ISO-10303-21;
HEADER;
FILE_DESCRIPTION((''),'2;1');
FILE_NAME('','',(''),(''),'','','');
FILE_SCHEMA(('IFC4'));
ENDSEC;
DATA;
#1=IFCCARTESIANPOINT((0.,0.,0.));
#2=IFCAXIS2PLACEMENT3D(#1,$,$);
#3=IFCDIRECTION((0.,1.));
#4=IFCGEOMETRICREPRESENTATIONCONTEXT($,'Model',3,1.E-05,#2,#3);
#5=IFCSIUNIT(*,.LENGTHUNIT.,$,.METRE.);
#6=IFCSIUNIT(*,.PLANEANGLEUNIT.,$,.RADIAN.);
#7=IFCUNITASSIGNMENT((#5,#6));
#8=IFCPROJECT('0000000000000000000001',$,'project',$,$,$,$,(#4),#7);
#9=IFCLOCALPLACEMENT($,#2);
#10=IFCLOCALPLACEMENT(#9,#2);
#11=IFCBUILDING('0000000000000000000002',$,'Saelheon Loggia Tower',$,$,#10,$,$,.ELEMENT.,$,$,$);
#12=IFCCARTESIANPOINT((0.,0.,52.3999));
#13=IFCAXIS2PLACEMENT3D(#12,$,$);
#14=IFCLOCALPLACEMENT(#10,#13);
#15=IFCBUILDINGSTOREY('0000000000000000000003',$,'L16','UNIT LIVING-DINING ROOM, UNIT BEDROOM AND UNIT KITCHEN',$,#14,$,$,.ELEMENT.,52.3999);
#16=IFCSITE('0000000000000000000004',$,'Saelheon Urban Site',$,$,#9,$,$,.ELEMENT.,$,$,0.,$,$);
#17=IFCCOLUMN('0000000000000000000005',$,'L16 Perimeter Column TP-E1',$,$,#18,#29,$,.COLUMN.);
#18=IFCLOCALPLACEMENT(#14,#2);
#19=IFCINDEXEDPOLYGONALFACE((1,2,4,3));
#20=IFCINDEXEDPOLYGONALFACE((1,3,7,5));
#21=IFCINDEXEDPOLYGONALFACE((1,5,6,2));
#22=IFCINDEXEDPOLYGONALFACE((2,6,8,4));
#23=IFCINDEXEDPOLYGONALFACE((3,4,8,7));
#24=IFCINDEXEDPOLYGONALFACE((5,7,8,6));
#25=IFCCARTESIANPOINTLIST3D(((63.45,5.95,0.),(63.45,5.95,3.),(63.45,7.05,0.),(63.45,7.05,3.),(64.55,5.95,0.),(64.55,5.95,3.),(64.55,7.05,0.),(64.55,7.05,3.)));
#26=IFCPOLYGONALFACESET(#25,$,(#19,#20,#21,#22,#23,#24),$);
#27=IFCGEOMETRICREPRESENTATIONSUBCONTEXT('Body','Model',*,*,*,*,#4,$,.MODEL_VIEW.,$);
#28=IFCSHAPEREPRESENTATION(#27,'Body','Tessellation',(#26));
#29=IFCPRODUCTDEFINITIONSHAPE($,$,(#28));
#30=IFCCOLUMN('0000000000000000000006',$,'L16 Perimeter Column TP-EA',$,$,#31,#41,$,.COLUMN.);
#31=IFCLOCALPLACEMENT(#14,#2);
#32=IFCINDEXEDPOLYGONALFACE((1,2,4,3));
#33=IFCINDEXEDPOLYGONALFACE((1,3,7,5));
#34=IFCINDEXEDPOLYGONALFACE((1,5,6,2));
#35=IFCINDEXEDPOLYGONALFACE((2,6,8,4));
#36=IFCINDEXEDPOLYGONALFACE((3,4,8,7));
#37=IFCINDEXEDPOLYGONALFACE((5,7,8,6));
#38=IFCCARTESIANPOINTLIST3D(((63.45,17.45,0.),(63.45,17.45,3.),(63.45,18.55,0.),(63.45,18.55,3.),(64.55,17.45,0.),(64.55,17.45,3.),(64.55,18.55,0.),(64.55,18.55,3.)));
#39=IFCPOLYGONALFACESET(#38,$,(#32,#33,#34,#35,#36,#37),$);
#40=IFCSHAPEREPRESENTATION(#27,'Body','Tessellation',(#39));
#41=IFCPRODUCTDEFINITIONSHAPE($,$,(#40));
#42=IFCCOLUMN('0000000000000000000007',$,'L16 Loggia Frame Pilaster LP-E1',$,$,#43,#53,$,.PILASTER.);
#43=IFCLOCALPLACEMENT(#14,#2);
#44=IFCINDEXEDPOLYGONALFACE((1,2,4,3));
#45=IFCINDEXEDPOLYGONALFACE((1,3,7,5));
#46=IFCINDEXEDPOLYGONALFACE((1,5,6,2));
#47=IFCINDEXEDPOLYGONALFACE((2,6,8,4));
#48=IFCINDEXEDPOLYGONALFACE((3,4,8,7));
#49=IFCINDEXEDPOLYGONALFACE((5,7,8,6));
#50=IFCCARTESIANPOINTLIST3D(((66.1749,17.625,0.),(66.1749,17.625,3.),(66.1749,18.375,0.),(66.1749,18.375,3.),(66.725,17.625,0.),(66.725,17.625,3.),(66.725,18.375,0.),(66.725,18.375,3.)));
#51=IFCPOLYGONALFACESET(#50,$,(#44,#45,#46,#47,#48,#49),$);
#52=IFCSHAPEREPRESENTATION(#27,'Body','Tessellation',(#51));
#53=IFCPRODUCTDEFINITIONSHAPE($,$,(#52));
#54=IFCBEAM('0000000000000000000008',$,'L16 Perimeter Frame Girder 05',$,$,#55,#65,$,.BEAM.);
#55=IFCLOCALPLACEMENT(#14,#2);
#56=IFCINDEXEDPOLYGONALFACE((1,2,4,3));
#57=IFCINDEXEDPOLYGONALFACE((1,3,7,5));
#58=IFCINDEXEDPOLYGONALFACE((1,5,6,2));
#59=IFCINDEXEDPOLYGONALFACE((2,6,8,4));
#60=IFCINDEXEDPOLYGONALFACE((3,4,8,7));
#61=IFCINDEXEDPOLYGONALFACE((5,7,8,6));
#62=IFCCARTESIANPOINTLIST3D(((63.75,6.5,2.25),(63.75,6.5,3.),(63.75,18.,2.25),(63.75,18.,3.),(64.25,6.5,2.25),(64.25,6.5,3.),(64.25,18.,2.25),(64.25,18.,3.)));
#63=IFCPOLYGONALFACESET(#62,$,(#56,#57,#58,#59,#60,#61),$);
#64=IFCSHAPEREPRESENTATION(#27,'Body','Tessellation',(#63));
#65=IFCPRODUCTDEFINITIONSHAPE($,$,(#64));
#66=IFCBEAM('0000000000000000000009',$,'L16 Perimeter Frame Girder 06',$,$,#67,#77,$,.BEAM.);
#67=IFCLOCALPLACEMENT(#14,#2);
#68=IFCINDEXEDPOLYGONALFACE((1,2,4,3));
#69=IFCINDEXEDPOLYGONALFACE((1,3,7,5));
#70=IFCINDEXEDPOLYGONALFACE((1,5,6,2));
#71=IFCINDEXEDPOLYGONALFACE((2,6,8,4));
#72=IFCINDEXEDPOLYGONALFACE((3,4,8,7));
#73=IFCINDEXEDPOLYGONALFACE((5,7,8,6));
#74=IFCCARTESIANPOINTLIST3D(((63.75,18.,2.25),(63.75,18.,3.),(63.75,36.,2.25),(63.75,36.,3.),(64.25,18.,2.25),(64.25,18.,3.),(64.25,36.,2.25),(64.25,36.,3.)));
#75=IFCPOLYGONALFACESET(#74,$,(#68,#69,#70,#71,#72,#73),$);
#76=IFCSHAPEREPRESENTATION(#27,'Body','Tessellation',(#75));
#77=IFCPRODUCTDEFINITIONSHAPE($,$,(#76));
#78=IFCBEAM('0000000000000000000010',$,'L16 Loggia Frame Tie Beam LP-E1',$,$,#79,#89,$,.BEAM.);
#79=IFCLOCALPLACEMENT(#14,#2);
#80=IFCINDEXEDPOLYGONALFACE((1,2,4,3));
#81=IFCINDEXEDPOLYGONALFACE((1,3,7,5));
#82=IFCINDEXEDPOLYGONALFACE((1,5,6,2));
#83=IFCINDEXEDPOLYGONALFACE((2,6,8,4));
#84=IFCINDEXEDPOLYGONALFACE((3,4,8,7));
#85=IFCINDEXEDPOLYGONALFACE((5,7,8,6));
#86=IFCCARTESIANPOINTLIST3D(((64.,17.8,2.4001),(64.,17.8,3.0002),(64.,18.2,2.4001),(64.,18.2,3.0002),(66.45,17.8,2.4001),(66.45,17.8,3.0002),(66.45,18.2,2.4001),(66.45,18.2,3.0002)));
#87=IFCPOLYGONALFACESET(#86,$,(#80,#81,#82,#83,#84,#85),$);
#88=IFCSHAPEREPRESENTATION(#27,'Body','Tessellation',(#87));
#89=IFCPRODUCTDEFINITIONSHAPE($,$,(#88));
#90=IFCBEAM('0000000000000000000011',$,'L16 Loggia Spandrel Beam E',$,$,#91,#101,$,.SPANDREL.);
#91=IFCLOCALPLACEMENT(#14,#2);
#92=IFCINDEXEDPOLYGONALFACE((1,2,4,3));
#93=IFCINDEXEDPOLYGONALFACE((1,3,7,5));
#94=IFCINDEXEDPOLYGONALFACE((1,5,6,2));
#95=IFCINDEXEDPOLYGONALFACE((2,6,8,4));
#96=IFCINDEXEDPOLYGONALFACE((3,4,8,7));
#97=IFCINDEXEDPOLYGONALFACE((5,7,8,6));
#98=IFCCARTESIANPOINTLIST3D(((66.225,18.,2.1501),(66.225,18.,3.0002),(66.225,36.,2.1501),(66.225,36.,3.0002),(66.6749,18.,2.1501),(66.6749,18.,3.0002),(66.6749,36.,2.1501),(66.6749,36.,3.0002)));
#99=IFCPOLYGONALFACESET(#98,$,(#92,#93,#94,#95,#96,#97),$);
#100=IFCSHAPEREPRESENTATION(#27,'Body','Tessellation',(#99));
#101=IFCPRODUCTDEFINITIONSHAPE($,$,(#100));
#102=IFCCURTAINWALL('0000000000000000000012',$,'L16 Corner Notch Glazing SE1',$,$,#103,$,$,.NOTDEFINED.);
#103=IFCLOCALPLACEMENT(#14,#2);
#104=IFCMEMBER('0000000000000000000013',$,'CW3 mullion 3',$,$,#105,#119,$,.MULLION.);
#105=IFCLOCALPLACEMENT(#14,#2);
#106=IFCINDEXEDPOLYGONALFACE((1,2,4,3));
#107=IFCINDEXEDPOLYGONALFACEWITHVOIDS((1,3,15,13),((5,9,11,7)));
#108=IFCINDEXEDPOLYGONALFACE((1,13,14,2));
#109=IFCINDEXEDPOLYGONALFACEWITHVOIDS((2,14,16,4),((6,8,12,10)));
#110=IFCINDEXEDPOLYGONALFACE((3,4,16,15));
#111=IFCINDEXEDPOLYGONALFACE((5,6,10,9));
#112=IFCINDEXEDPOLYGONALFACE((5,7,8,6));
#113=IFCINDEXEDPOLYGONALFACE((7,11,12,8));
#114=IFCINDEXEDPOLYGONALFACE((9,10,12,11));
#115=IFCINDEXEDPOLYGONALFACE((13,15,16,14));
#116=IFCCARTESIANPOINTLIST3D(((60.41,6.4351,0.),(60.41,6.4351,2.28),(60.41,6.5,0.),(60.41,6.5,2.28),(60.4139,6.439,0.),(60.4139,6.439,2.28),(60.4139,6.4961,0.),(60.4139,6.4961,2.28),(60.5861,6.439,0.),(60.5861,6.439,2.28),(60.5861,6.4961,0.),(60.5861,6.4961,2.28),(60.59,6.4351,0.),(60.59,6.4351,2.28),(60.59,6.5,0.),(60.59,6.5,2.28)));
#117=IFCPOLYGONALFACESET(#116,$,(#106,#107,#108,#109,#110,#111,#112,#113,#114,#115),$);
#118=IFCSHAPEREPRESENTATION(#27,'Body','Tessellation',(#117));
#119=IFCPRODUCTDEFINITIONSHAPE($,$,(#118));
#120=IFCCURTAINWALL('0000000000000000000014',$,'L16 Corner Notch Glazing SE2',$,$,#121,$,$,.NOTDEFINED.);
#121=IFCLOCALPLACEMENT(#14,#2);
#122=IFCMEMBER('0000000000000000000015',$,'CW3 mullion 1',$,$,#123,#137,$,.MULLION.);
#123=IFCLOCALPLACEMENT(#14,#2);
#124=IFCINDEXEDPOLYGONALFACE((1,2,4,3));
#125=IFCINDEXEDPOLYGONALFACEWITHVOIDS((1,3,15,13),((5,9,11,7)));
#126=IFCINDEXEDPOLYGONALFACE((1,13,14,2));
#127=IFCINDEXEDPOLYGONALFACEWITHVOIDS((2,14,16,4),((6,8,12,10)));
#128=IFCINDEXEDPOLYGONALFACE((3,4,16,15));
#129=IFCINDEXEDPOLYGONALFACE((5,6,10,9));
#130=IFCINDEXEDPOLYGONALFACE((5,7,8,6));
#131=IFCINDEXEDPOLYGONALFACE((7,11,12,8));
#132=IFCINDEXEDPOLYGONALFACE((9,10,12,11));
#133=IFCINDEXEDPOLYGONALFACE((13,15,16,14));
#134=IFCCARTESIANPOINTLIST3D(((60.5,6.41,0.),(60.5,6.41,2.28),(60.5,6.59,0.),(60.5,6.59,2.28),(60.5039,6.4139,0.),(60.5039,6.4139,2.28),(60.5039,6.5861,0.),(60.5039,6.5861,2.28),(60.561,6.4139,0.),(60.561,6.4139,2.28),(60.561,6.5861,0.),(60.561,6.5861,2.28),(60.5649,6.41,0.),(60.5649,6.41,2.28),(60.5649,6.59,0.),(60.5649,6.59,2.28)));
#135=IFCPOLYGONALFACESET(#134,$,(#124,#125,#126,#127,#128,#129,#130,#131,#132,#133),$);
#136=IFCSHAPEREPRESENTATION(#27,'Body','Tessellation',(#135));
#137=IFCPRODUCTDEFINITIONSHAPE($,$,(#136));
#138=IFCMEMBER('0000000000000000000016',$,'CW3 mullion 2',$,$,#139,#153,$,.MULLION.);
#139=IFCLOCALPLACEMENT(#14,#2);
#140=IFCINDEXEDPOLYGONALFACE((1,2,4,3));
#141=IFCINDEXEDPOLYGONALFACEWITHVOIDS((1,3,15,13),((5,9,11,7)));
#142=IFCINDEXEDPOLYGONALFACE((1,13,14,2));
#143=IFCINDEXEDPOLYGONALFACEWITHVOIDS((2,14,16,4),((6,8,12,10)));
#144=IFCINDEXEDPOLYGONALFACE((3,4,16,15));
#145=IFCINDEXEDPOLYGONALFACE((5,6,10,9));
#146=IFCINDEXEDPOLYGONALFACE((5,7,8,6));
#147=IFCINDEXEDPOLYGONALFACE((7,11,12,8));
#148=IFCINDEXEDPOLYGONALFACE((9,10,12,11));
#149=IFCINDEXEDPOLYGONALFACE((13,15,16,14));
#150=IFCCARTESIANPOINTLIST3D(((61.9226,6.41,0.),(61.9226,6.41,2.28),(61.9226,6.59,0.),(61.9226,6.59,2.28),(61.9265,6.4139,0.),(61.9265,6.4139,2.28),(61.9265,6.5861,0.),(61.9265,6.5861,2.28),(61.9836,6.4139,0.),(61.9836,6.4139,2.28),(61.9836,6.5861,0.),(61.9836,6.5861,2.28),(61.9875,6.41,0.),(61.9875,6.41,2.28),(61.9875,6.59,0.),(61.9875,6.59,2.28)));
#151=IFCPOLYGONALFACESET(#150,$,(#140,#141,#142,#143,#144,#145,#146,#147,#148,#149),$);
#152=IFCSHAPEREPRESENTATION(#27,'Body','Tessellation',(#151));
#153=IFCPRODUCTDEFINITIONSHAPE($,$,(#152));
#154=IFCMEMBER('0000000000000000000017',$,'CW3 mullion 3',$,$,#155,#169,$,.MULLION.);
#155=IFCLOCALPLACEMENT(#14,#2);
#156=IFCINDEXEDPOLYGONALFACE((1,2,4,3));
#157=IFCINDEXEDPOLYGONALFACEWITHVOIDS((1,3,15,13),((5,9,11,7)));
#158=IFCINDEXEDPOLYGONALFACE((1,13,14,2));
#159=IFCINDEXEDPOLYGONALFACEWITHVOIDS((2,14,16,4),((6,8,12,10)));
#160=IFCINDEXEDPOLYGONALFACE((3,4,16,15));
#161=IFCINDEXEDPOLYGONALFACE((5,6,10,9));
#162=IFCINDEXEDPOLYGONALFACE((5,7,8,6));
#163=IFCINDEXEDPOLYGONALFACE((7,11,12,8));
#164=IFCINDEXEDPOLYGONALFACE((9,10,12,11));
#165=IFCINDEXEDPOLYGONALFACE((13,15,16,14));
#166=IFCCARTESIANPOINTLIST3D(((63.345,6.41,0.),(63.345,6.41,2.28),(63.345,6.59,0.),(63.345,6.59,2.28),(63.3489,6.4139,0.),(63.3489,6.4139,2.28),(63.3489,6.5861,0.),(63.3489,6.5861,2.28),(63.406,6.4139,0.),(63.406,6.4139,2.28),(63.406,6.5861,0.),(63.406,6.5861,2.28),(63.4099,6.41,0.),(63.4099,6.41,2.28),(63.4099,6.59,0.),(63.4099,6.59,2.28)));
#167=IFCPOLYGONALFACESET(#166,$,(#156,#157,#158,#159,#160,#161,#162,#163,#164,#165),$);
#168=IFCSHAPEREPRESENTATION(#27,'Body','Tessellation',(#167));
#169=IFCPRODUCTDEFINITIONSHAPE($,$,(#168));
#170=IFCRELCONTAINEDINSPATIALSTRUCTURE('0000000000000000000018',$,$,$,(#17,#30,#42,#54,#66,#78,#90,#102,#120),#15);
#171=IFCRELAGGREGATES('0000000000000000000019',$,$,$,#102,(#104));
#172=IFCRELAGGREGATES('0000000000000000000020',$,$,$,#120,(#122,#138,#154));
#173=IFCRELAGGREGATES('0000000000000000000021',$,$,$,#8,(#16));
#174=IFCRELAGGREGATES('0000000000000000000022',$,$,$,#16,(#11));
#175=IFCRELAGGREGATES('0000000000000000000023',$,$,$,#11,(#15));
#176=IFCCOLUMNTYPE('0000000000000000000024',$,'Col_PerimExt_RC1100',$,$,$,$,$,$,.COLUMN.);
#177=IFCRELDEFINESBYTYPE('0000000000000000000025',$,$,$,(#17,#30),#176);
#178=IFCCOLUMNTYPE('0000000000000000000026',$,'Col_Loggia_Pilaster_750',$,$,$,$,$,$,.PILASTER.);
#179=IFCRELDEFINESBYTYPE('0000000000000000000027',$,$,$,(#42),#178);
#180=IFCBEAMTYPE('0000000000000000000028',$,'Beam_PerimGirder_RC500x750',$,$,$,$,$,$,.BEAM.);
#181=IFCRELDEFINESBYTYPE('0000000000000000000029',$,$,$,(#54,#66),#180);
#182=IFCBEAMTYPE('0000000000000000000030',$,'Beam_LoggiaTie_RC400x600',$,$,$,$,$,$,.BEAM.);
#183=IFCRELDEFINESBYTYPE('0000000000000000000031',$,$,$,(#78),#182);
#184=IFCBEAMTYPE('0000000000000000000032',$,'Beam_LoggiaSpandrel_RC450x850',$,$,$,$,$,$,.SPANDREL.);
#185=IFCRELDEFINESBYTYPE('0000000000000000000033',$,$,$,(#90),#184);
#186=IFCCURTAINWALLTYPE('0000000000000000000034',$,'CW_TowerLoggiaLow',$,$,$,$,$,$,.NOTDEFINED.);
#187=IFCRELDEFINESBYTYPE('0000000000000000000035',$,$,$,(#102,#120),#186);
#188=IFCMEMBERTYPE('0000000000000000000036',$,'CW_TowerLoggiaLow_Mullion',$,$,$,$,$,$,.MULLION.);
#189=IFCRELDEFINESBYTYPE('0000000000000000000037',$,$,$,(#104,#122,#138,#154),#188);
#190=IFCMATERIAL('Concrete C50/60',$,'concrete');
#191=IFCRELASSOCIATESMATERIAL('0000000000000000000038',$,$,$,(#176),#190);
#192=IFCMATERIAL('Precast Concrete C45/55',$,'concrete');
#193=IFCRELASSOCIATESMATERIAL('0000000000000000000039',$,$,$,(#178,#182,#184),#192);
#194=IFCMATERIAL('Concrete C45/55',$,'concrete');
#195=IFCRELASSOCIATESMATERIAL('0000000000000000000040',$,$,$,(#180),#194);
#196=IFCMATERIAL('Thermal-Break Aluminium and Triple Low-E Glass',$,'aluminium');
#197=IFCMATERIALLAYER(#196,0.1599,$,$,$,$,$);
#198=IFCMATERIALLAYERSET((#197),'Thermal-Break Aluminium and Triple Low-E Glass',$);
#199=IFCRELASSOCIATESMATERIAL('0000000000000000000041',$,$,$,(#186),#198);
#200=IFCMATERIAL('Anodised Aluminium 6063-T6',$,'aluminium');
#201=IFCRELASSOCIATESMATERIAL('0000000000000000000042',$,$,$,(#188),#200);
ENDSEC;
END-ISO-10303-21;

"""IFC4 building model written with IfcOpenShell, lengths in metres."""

from ifc_helpers import new_model, si_unit, direction, frame, origin, origin_2d, place, context, subcontext, project, spatial, rectangle, hollow_rectangle, extrude, source, transform, mapped, material, layer, layer_set, material_profile, profile_set, type_object, element, aggregate, save


model = new_model("IFC4")

# Units and contexts
model_context = context("Model", 3, precision=1e-05, world=origin(), true_north=direction((0.0, 1.0)))
body_context = subcontext(model_context, "Body", "Model", "MODEL_VIEW")
ifc_project = project(units=[si_unit("LENGTHUNIT", "METRE"), si_unit("PLANEANGLEUNIT", "RADIAN")], contexts=[model_context])

# Site, building, storey
site_placement = place(None, origin())
site = spatial("IfcSite", under=ifc_project, at=site_placement, Name="Saelheon Urban Site", CompositionType="ELEMENT", RefElevation=0.0)
building_placement = place(site_placement, origin())
building = spatial("IfcBuilding", under=site, at=building_placement, Name="Saelheon Loggia Tower", CompositionType="ELEMENT")
storey_placement = place(building_placement, frame((0.0, 0.0, 52.3999)))
storey = spatial("IfcBuildingStorey", under=building, at=storey_placement, Name="L16", Description="UNIT LIVING-DINING ROOM, UNIT BEDROOM AND UNIT KITCHEN", CompositionType="ELEMENT", Elevation=52.3999)

# Columns
ifc_material_1 = material(Name="Concrete C50/60", Category="concrete")
ifc_material_profile_1 = material_profile(ifc_material_1, rectangle(XDim=1.1001, YDim=1.1001, at=origin_2d()), Name="RC-1100x1100")
ifc_profile_set_1 = profile_set([ifc_material_profile_1], Name="Concrete C50/60")
column_type_1 = type_object("IfcColumnType", Name="Col_PerimExt_RC1100", PredefinedType="COLUMN", material=ifc_profile_set_1)
shared_shape_1 = source(origin(), body_context, "Body", "SweptSolid", [
    extrude(rectangle(XDim=1.1001, YDim=1.1001, at=origin_2d()), origin(), (0.0, 0.0, 1.0), 3.0),
])
for number, where, z_axis, x_axis, name in (
    (1, (64.0, 6.5, 0.0), (0.0, 0.0, 1.0), (1.0, 0.0, 0.0), "L16 Perimeter Column TP-E1"),
    (2, (64.0, 18.0, 0.0), (0.0, 0.0, 1.0), (1.0, 0.0, 0.0), "L16 Perimeter Column TP-EA"),
):
    element("IfcColumn", number, at=place(storey_placement, frame(where, z_axis=z_axis, x_axis=x_axis)), inside=storey, type_object=column_type_1, Name=name, PredefinedType="COLUMN", context=body_context, shape_type="MappedRepresentation", body=[
        mapped(shared_shape_1, transform((0.0, 0.0, 0.0), scale=1.0)),
    ])
ifc_material_2 = material(Name="Precast Concrete C45/55", Category="concrete")
ifc_material_profile_2 = material_profile(ifc_material_2, rectangle(XDim=0.55, YDim=0.75, at=origin_2d()), Name="RC-550x750")
ifc_profile_set_2 = profile_set([ifc_material_profile_2], Name="Precast Concrete C45/55")
column_type_2 = type_object("IfcColumnType", Name="Col_Loggia_Pilaster_750", PredefinedType="PILASTER", material=ifc_profile_set_2)
shared_shape_2 = source(origin(), body_context, "Body", "SweptSolid", [
    extrude(rectangle(XDim=0.55, YDim=0.75, at=origin_2d()), origin(), (0.0, 0.0, 1.0), 3.0),
])
column_placement = place(storey_placement, frame((66.45, 18.0, 0.0), z_axis=(0.0, 0.0, 1.0), x_axis=(1.0, 0.0, 0.0)))
element("IfcColumn", 3, at=column_placement, inside=storey, type_object=column_type_2, Name="L16 Loggia Frame Pilaster LP-E1", PredefinedType="PILASTER", context=body_context, shape_type="MappedRepresentation", body=[
    mapped(shared_shape_2, transform((0.0, 0.0, 0.0), scale=1.0)),
])

# Beams
ifc_material_3 = material(Name="Concrete C45/55", Category="concrete")
ifc_material_profile_3 = material_profile(ifc_material_3, rectangle(XDim=0.5, YDim=0.75, at=origin_2d()), Name="RC-500x750")
ifc_profile_set_3 = profile_set([ifc_material_profile_3], Name="Concrete C45/55")
beam_type_1 = type_object("IfcBeamType", Name="Beam_PerimGirder_RC500x750", PredefinedType="BEAM", material=ifc_profile_set_3)
shared_shape_3 = source(origin(), body_context, "Body", "SweptSolid", [
    extrude(rectangle(XDim=0.5, YDim=0.75, at=origin_2d()), origin(), (0.0, 0.0, 1.0), 11.5),
])
beam_1_placement = place(storey_placement, frame((64.0, 6.5, 2.625), z_axis=(0.0, 1.0, 0.0), x_axis=(-1.0, 0.0, 0.0)))
element("IfcBeam", 4, at=beam_1_placement, inside=storey, type_object=beam_type_1, Name="L16 Perimeter Frame Girder 05", PredefinedType="BEAM", context=body_context, shape_type="MappedRepresentation", body=[
    mapped(shared_shape_3, transform((0.0, 0.0, 0.0), scale=1.0)),
])
shared_shape_4 = source(origin(), body_context, "Body", "SweptSolid", [
    extrude(rectangle(XDim=0.5, YDim=0.75, at=origin_2d()), origin(), (0.0, 0.0, 1.0), 18.0),
])
beam_2_placement = place(storey_placement, frame((64.0, 18.0, 2.625), z_axis=(0.0, 1.0, 0.0), x_axis=(-1.0, 0.0, 0.0)))
element("IfcBeam", 5, at=beam_2_placement, inside=storey, type_object=beam_type_1, Name="L16 Perimeter Frame Girder 06", PredefinedType="BEAM", context=body_context, shape_type="MappedRepresentation", body=[
    mapped(shared_shape_4, transform((0.0, 0.0, 0.0), scale=1.0)),
])
ifc_material_profile_4 = material_profile(ifc_material_2, rectangle(XDim=0.3999, YDim=0.6001, at=origin_2d()), Name="RC-400x600")
ifc_profile_set_4 = profile_set([ifc_material_profile_4], Name="Precast Concrete C45/55")
beam_type_2 = type_object("IfcBeamType", Name="Beam_LoggiaTie_RC400x600", PredefinedType="BEAM", material=ifc_profile_set_4)
shared_shape_5 = source(origin(), body_context, "Body", "SweptSolid", [
    extrude(rectangle(XDim=0.3999, YDim=0.6001, at=origin_2d()), origin(), (0.0, 0.0, 1.0), 2.45),
])
beam_3_placement = place(storey_placement, frame((64.0, 18.0, 2.7002), z_axis=(1.0, 0.0, 0.0), x_axis=(0.0, 1.0, 0.0)))
element("IfcBeam", 6, at=beam_3_placement, inside=storey, type_object=beam_type_2, Name="L16 Loggia Frame Tie Beam LP-E1", PredefinedType="BEAM", context=body_context, shape_type="MappedRepresentation", body=[
    mapped(shared_shape_5, transform((0.0, 0.0, 0.0), scale=1.0)),
])
ifc_material_profile_5 = material_profile(ifc_material_2, rectangle(XDim=0.45, YDim=0.8501, at=origin_2d()), Name="RC-450x850")
ifc_profile_set_5 = profile_set([ifc_material_profile_5], Name="Precast Concrete C45/55")
beam_type_3 = type_object("IfcBeamType", Name="Beam_LoggiaSpandrel_RC450x850", PredefinedType="SPANDREL", material=ifc_profile_set_5)
shared_shape_6 = source(origin(), body_context, "Body", "SweptSolid", [
    extrude(rectangle(XDim=0.45, YDim=0.8501, at=origin_2d()), origin(), (0.0, 0.0, 1.0), 18.0),
])
beam_4_placement = place(storey_placement, frame((66.45, 18.0, 2.5752), z_axis=(0.0, 1.0, 0.0), x_axis=(-1.0, 0.0, 0.0)))
element("IfcBeam", 7, at=beam_4_placement, inside=storey, type_object=beam_type_3, Name="L16 Loggia Spandrel Beam E", PredefinedType="SPANDREL", context=body_context, shape_type="MappedRepresentation", body=[
    mapped(shared_shape_6, transform((0.0, 0.0, 0.0), scale=1.0)),
])

# Curtain wall, member
ifc_material_4 = material(Name="Thermal-Break Aluminium and Triple Low-E Glass", Category="aluminium")
ifc_layer_1 = layer(ifc_material_4, 0.1599)
ifc_layer_set_1 = layer_set([ifc_layer_1], Name="Thermal-Break Aluminium and Triple Low-E Glass")
curtain_wall_type = type_object("IfcCurtainWallType", Name="CW_TowerLoggiaLow", PredefinedType="NOTDEFINED", material=ifc_layer_set_1)
curtain_wall_1_placement = place(storey_placement, origin())
curtain_wall_1 = element("IfcCurtainWall", 8, at=curtain_wall_1_placement, inside=storey, type_object=curtain_wall_type, Name="L16 Corner Notch Glazing SE1", PredefinedType="NOTDEFINED")
ifc_material_5 = material(Name="Anodised Aluminium 6063-T6", Category="aluminium")
ifc_material_profile_6 = material_profile(ifc_material_5, hollow_rectangle(XDim=0.0649, YDim=0.1799, WallThickness=0.0039, at=origin_2d()), Name="RHS-180x65x4")
ifc_profile_set_6 = profile_set([ifc_material_profile_6], Name="Anodised Aluminium 6063-T6")
member_type_1 = type_object("IfcMemberType", Name="CW_TowerLoggiaLow_Mullion", PredefinedType="MULLION", material=ifc_profile_set_6)
shared_shape_7 = source(origin(), body_context, "Body", "SweptSolid", [
    extrude(hollow_rectangle(XDim=0.0649, YDim=0.1799, WallThickness=0.0039, at=origin_2d()), origin(), (0.0, 0.0, 1.0), 2.28),
])
member_1_placement = place(storey_placement, frame((60.5, 6.4675, 0.0), z_axis=(0.0, 0.0, 1.0), x_axis=(0.0, 1.0, 0.0)))
member_1 = element("IfcMember", 9, at=member_1_placement, type_object=member_type_1, Name="CW3 mullion 3", PredefinedType="MULLION", context=body_context, shape_type="MappedRepresentation", body=[
    mapped(shared_shape_7, transform((0.0, 0.0, 0.0), scale=1.0)),
])
aggregate(curtain_wall_1, [member_1])

# Curtain wall, members
curtain_wall_2_placement = place(storey_placement, origin())
curtain_wall_2 = element("IfcCurtainWall", 10, at=curtain_wall_2_placement, inside=storey, type_object=curtain_wall_type, Name="L16 Corner Notch Glazing SE2", PredefinedType="NOTDEFINED")
member_2_placement = place(storey_placement, frame((60.5325, 6.5, 0.0), z_axis=(0.0, 0.0, 1.0), x_axis=(1.0, 0.0, 0.0)))
member_2 = element("IfcMember", 11, at=member_2_placement, type_object=member_type_1, Name="CW3 mullion 1", PredefinedType="MULLION", context=body_context, shape_type="MappedRepresentation", body=[
    mapped(shared_shape_7, transform((0.0, 0.0, 0.0), scale=1.0)),
])
member_3_placement = place(storey_placement, frame((61.9551, 6.5, 0.0), z_axis=(0.0, 0.0, 1.0), x_axis=(1.0, 0.0, 0.0)))
member_3 = element("IfcMember", 12, at=member_3_placement, type_object=member_type_1, Name="CW3 mullion 2", PredefinedType="MULLION", context=body_context, shape_type="MappedRepresentation", body=[
    mapped(shared_shape_7, transform((0.0, 0.0, 0.0), scale=1.0)),
])
member_4_placement = place(storey_placement, frame((63.3774, 6.5, 0.0), z_axis=(0.0, 0.0, 1.0), x_axis=(1.0, 0.0, 0.0)))
member_4 = element("IfcMember", 13, at=member_4_placement, type_object=member_type_1, Name="CW3 mullion 3", PredefinedType="MULLION", context=body_context, shape_type="MappedRepresentation", body=[
    mapped(shared_shape_7, transform((0.0, 0.0, 0.0), scale=1.0)),
])
aggregate(curtain_wall_2, [member_2, member_3, member_4])

save(model, "model.ifc")
